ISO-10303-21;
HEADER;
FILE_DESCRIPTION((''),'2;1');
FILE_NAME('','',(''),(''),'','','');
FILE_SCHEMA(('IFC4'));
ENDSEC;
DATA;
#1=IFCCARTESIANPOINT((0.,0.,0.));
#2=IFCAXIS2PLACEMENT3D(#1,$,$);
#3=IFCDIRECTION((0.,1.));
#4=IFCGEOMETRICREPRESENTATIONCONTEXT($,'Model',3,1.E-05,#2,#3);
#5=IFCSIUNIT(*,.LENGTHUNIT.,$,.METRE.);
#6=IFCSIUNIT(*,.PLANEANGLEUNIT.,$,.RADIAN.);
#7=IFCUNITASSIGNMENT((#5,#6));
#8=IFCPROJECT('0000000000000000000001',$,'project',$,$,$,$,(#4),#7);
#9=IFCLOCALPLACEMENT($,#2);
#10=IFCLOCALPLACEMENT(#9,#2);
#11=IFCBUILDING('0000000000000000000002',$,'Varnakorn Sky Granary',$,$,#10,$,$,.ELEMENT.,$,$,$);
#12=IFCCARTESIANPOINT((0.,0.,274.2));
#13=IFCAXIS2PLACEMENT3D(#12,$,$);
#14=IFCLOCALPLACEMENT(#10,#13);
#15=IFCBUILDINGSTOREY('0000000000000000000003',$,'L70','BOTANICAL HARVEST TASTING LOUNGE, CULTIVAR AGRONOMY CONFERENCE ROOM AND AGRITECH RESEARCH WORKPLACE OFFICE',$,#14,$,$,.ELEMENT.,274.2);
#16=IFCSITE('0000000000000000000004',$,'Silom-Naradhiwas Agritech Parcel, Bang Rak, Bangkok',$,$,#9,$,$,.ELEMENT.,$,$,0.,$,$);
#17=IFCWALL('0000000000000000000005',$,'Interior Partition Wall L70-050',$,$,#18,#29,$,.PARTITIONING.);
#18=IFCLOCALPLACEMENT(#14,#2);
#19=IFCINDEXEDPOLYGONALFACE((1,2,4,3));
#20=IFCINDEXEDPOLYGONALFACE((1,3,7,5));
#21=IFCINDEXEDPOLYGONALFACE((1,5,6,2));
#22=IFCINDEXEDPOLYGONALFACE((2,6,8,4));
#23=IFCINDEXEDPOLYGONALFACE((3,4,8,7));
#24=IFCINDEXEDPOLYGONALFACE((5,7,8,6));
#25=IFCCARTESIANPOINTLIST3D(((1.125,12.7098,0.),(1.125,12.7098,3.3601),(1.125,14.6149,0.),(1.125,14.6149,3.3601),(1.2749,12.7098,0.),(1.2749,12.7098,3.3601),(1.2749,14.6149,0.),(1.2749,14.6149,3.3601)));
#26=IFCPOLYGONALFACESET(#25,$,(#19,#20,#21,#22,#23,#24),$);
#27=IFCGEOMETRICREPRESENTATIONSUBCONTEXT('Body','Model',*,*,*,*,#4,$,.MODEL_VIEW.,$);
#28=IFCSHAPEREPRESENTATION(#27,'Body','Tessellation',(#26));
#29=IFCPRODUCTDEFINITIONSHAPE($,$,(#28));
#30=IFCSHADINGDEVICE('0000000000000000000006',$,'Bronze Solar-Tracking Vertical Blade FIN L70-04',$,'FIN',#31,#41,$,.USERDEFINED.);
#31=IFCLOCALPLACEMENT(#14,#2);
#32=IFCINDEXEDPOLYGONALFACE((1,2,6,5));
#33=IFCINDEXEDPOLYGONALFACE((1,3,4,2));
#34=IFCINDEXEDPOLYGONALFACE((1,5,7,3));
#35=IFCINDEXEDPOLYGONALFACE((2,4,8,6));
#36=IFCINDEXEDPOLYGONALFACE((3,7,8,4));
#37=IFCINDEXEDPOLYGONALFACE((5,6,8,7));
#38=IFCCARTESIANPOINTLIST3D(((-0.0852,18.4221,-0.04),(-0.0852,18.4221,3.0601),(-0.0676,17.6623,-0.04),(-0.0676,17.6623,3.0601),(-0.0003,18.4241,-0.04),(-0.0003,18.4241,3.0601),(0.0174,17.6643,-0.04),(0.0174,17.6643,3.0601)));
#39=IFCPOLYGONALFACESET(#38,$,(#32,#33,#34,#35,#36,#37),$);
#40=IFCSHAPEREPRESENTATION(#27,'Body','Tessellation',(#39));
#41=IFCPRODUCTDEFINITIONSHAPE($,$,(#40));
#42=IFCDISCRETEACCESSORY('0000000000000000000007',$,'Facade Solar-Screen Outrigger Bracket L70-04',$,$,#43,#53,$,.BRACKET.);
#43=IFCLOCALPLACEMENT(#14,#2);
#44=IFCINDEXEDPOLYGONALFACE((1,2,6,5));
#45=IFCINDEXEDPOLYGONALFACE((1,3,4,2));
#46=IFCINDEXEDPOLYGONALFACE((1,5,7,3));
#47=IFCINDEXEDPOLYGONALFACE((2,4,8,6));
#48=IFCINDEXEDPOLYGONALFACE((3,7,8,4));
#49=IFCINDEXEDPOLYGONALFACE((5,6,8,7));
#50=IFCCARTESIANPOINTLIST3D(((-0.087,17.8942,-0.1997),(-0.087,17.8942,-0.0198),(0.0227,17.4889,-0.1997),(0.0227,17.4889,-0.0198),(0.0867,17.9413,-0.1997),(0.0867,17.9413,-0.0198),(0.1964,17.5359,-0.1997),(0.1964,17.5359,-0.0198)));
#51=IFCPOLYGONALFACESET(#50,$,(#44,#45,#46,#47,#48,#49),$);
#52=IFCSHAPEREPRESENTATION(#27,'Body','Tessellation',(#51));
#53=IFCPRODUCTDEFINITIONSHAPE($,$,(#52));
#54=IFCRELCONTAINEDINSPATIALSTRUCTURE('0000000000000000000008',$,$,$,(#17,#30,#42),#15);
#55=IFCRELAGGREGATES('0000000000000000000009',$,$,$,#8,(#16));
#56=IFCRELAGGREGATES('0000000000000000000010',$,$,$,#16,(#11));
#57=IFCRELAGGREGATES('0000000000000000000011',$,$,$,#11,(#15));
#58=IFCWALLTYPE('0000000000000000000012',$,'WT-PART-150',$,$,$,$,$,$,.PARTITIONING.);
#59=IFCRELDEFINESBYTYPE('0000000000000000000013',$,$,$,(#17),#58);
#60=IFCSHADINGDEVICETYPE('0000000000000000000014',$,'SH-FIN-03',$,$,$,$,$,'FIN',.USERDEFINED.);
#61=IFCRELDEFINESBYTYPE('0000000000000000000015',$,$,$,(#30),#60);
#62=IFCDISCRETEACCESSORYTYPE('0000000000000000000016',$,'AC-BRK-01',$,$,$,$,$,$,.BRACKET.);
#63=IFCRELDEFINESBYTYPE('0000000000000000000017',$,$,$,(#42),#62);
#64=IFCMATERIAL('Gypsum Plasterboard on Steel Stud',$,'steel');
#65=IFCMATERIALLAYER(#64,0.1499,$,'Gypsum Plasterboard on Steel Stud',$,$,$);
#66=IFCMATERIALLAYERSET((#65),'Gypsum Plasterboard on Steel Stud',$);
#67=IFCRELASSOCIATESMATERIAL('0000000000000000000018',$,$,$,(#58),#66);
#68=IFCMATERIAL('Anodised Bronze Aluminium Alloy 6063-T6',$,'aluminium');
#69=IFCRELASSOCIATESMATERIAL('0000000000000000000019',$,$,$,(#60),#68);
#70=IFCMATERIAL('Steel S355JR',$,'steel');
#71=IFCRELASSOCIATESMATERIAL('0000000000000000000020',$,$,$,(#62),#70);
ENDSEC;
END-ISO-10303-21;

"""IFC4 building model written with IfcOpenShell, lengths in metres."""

from ifc_helpers import new_model, si_unit, direction, frame, frame_2d, origin, origin_2d, place, context, subcontext, project, spatial, rectangle, extrude, source, transform, mapped, material, layer, layer_set, type_object, type_shapes, element, save


model = new_model("IFC4")

# Units and contexts
model_context = context("Model", 3, precision=1e-05, world=origin(), true_north=direction((0.0, 1.0)))
body_context = subcontext(model_context, "Body", "Model", "MODEL_VIEW")
ifc_project = project(units=[si_unit("LENGTHUNIT", "METRE"), si_unit("PLANEANGLEUNIT", "RADIAN")], contexts=[model_context])

# Site, building, storey
site_placement = place(None, origin())
site = spatial("IfcSite", under=ifc_project, at=site_placement, Name="Silom-Naradhiwas Agritech Parcel, Bang Rak, Bangkok", CompositionType="ELEMENT", RefElevation=0.0)
building_placement = place(site_placement, origin())
building = spatial("IfcBuilding", under=site, at=building_placement, Name="Varnakorn Sky Granary", CompositionType="ELEMENT")
storey_placement = place(building_placement, frame((0.0, 0.0, 274.2)))
storey = spatial("IfcBuildingStorey", under=building, at=storey_placement, Name="L70", Description="BOTANICAL HARVEST TASTING LOUNGE, CULTIVAR AGRONOMY CONFERENCE ROOM AND AGRITECH RESEARCH WORKPLACE OFFICE", CompositionType="ELEMENT", Elevation=274.2)

# Shared definitions
ifc_material_1 = material(Name="Steel S355JR", Category="steel")

# Shared definitions
ifc_material_2 = material(Name="Anodised Bronze Aluminium Alloy 6063-T6", Category="aluminium")

# Wall
ifc_material_3 = material(Name="Gypsum Plasterboard on Steel Stud", Category="steel")
ifc_layer_1 = layer(ifc_material_3, 0.1499, Name="Gypsum Plasterboard on Steel Stud")
ifc_layer_set_1 = layer_set([ifc_layer_1], Name="Gypsum Plasterboard on Steel Stud")
wall_type_1 = type_object("IfcWallType", Name="WT-PART-150", PredefinedType="PARTITIONING", material=ifc_layer_set_1)
wall_1_placement = place(storey_placement, frame((1.2, 14.615, 0.0), z_axis=(0.0, 0.0, 1.0), x_axis=(0.0, -1.0, 0.0)))
element("IfcWall", 1, at=wall_1_placement, inside=storey, type_object=wall_type_1, Name="Interior Partition Wall L70-050", PredefinedType="PARTITIONING", context=body_context, shape_type="SweptSolid", body=[
    extrude(rectangle(XDim=1.905, YDim=0.1499, at=frame_2d((0.9526, 0.0))), origin(), (0.0, 0.0, 1.0), 3.3601),
])

# Shading device
shading_device_type = type_object("IfcShadingDeviceType", Name="SH-FIN-03", ElementType="FIN", PredefinedType="USERDEFINED", material=ifc_material_2)
shared_shape_1 = source(origin(), body_context, "Body", "SweptSolid", [
    extrude(rectangle(XDim=0.085, YDim=0.76, at=origin_2d()), origin(), (0.0, 0.0, 1.0), 3.1001),
])
type_shapes(shading_device_type, [shared_shape_1])
shading_device_placement = place(storey_placement, frame((-0.0339, 18.0432, -0.04), z_axis=(0.0, 0.0, 1.0), x_axis=(-0.99973, -0.023221, 0.0)))
element("IfcShadingDevice", 2, at=shading_device_placement, inside=storey, type_object=shading_device_type, Name="Bronze Solar-Tracking Vertical Blade FIN L70-04", ObjectType="FIN", PredefinedType="USERDEFINED", context=body_context, shape_type="MappedRepresentation", body=[
    mapped(shared_shape_1, transform((0.0, 0.0, 0.0), x_axis=(1.0, 0.0, 0.0), y_axis=(0.0, 1.0, 0.0), z_axis=(0.0, 0.0, 1.0), scale=1.0)),
])

# Discrete accessory
discrete_accessory_type = type_object("IfcDiscreteAccessoryType", Name="AC-BRK-01", PredefinedType="BRACKET", material=ifc_material_1)
shared_shape_2 = source(origin(), body_context, "Body", "SweptSolid", [
    extrude(rectangle(XDim=0.1799, YDim=0.4199, at=origin_2d()), origin(), (0.0, 0.0, 1.0), 0.1799),
])
type_shapes(discrete_accessory_type, [shared_shape_2])
discrete_accessory_placement = place(storey_placement, frame((0.0547, 17.7151, -0.1997), z_axis=(0.0, 0.0, 1.0), x_axis=(-0.965263, -0.26128, 0.0)))
element("IfcDiscreteAccessory", 3, at=discrete_accessory_placement, inside=storey, type_object=discrete_accessory_type, Name="Facade Solar-Screen Outrigger Bracket L70-04", PredefinedType="BRACKET", context=body_context, shape_type="MappedRepresentation", body=[
    mapped(shared_shape_2, transform((0.0, 0.0, 0.0), x_axis=(1.0, 0.0, 0.0), y_axis=(0.0, 1.0, 0.0), z_axis=(0.0, 0.0, 1.0), scale=1.0)),
])

save(model, "model.ifc")
